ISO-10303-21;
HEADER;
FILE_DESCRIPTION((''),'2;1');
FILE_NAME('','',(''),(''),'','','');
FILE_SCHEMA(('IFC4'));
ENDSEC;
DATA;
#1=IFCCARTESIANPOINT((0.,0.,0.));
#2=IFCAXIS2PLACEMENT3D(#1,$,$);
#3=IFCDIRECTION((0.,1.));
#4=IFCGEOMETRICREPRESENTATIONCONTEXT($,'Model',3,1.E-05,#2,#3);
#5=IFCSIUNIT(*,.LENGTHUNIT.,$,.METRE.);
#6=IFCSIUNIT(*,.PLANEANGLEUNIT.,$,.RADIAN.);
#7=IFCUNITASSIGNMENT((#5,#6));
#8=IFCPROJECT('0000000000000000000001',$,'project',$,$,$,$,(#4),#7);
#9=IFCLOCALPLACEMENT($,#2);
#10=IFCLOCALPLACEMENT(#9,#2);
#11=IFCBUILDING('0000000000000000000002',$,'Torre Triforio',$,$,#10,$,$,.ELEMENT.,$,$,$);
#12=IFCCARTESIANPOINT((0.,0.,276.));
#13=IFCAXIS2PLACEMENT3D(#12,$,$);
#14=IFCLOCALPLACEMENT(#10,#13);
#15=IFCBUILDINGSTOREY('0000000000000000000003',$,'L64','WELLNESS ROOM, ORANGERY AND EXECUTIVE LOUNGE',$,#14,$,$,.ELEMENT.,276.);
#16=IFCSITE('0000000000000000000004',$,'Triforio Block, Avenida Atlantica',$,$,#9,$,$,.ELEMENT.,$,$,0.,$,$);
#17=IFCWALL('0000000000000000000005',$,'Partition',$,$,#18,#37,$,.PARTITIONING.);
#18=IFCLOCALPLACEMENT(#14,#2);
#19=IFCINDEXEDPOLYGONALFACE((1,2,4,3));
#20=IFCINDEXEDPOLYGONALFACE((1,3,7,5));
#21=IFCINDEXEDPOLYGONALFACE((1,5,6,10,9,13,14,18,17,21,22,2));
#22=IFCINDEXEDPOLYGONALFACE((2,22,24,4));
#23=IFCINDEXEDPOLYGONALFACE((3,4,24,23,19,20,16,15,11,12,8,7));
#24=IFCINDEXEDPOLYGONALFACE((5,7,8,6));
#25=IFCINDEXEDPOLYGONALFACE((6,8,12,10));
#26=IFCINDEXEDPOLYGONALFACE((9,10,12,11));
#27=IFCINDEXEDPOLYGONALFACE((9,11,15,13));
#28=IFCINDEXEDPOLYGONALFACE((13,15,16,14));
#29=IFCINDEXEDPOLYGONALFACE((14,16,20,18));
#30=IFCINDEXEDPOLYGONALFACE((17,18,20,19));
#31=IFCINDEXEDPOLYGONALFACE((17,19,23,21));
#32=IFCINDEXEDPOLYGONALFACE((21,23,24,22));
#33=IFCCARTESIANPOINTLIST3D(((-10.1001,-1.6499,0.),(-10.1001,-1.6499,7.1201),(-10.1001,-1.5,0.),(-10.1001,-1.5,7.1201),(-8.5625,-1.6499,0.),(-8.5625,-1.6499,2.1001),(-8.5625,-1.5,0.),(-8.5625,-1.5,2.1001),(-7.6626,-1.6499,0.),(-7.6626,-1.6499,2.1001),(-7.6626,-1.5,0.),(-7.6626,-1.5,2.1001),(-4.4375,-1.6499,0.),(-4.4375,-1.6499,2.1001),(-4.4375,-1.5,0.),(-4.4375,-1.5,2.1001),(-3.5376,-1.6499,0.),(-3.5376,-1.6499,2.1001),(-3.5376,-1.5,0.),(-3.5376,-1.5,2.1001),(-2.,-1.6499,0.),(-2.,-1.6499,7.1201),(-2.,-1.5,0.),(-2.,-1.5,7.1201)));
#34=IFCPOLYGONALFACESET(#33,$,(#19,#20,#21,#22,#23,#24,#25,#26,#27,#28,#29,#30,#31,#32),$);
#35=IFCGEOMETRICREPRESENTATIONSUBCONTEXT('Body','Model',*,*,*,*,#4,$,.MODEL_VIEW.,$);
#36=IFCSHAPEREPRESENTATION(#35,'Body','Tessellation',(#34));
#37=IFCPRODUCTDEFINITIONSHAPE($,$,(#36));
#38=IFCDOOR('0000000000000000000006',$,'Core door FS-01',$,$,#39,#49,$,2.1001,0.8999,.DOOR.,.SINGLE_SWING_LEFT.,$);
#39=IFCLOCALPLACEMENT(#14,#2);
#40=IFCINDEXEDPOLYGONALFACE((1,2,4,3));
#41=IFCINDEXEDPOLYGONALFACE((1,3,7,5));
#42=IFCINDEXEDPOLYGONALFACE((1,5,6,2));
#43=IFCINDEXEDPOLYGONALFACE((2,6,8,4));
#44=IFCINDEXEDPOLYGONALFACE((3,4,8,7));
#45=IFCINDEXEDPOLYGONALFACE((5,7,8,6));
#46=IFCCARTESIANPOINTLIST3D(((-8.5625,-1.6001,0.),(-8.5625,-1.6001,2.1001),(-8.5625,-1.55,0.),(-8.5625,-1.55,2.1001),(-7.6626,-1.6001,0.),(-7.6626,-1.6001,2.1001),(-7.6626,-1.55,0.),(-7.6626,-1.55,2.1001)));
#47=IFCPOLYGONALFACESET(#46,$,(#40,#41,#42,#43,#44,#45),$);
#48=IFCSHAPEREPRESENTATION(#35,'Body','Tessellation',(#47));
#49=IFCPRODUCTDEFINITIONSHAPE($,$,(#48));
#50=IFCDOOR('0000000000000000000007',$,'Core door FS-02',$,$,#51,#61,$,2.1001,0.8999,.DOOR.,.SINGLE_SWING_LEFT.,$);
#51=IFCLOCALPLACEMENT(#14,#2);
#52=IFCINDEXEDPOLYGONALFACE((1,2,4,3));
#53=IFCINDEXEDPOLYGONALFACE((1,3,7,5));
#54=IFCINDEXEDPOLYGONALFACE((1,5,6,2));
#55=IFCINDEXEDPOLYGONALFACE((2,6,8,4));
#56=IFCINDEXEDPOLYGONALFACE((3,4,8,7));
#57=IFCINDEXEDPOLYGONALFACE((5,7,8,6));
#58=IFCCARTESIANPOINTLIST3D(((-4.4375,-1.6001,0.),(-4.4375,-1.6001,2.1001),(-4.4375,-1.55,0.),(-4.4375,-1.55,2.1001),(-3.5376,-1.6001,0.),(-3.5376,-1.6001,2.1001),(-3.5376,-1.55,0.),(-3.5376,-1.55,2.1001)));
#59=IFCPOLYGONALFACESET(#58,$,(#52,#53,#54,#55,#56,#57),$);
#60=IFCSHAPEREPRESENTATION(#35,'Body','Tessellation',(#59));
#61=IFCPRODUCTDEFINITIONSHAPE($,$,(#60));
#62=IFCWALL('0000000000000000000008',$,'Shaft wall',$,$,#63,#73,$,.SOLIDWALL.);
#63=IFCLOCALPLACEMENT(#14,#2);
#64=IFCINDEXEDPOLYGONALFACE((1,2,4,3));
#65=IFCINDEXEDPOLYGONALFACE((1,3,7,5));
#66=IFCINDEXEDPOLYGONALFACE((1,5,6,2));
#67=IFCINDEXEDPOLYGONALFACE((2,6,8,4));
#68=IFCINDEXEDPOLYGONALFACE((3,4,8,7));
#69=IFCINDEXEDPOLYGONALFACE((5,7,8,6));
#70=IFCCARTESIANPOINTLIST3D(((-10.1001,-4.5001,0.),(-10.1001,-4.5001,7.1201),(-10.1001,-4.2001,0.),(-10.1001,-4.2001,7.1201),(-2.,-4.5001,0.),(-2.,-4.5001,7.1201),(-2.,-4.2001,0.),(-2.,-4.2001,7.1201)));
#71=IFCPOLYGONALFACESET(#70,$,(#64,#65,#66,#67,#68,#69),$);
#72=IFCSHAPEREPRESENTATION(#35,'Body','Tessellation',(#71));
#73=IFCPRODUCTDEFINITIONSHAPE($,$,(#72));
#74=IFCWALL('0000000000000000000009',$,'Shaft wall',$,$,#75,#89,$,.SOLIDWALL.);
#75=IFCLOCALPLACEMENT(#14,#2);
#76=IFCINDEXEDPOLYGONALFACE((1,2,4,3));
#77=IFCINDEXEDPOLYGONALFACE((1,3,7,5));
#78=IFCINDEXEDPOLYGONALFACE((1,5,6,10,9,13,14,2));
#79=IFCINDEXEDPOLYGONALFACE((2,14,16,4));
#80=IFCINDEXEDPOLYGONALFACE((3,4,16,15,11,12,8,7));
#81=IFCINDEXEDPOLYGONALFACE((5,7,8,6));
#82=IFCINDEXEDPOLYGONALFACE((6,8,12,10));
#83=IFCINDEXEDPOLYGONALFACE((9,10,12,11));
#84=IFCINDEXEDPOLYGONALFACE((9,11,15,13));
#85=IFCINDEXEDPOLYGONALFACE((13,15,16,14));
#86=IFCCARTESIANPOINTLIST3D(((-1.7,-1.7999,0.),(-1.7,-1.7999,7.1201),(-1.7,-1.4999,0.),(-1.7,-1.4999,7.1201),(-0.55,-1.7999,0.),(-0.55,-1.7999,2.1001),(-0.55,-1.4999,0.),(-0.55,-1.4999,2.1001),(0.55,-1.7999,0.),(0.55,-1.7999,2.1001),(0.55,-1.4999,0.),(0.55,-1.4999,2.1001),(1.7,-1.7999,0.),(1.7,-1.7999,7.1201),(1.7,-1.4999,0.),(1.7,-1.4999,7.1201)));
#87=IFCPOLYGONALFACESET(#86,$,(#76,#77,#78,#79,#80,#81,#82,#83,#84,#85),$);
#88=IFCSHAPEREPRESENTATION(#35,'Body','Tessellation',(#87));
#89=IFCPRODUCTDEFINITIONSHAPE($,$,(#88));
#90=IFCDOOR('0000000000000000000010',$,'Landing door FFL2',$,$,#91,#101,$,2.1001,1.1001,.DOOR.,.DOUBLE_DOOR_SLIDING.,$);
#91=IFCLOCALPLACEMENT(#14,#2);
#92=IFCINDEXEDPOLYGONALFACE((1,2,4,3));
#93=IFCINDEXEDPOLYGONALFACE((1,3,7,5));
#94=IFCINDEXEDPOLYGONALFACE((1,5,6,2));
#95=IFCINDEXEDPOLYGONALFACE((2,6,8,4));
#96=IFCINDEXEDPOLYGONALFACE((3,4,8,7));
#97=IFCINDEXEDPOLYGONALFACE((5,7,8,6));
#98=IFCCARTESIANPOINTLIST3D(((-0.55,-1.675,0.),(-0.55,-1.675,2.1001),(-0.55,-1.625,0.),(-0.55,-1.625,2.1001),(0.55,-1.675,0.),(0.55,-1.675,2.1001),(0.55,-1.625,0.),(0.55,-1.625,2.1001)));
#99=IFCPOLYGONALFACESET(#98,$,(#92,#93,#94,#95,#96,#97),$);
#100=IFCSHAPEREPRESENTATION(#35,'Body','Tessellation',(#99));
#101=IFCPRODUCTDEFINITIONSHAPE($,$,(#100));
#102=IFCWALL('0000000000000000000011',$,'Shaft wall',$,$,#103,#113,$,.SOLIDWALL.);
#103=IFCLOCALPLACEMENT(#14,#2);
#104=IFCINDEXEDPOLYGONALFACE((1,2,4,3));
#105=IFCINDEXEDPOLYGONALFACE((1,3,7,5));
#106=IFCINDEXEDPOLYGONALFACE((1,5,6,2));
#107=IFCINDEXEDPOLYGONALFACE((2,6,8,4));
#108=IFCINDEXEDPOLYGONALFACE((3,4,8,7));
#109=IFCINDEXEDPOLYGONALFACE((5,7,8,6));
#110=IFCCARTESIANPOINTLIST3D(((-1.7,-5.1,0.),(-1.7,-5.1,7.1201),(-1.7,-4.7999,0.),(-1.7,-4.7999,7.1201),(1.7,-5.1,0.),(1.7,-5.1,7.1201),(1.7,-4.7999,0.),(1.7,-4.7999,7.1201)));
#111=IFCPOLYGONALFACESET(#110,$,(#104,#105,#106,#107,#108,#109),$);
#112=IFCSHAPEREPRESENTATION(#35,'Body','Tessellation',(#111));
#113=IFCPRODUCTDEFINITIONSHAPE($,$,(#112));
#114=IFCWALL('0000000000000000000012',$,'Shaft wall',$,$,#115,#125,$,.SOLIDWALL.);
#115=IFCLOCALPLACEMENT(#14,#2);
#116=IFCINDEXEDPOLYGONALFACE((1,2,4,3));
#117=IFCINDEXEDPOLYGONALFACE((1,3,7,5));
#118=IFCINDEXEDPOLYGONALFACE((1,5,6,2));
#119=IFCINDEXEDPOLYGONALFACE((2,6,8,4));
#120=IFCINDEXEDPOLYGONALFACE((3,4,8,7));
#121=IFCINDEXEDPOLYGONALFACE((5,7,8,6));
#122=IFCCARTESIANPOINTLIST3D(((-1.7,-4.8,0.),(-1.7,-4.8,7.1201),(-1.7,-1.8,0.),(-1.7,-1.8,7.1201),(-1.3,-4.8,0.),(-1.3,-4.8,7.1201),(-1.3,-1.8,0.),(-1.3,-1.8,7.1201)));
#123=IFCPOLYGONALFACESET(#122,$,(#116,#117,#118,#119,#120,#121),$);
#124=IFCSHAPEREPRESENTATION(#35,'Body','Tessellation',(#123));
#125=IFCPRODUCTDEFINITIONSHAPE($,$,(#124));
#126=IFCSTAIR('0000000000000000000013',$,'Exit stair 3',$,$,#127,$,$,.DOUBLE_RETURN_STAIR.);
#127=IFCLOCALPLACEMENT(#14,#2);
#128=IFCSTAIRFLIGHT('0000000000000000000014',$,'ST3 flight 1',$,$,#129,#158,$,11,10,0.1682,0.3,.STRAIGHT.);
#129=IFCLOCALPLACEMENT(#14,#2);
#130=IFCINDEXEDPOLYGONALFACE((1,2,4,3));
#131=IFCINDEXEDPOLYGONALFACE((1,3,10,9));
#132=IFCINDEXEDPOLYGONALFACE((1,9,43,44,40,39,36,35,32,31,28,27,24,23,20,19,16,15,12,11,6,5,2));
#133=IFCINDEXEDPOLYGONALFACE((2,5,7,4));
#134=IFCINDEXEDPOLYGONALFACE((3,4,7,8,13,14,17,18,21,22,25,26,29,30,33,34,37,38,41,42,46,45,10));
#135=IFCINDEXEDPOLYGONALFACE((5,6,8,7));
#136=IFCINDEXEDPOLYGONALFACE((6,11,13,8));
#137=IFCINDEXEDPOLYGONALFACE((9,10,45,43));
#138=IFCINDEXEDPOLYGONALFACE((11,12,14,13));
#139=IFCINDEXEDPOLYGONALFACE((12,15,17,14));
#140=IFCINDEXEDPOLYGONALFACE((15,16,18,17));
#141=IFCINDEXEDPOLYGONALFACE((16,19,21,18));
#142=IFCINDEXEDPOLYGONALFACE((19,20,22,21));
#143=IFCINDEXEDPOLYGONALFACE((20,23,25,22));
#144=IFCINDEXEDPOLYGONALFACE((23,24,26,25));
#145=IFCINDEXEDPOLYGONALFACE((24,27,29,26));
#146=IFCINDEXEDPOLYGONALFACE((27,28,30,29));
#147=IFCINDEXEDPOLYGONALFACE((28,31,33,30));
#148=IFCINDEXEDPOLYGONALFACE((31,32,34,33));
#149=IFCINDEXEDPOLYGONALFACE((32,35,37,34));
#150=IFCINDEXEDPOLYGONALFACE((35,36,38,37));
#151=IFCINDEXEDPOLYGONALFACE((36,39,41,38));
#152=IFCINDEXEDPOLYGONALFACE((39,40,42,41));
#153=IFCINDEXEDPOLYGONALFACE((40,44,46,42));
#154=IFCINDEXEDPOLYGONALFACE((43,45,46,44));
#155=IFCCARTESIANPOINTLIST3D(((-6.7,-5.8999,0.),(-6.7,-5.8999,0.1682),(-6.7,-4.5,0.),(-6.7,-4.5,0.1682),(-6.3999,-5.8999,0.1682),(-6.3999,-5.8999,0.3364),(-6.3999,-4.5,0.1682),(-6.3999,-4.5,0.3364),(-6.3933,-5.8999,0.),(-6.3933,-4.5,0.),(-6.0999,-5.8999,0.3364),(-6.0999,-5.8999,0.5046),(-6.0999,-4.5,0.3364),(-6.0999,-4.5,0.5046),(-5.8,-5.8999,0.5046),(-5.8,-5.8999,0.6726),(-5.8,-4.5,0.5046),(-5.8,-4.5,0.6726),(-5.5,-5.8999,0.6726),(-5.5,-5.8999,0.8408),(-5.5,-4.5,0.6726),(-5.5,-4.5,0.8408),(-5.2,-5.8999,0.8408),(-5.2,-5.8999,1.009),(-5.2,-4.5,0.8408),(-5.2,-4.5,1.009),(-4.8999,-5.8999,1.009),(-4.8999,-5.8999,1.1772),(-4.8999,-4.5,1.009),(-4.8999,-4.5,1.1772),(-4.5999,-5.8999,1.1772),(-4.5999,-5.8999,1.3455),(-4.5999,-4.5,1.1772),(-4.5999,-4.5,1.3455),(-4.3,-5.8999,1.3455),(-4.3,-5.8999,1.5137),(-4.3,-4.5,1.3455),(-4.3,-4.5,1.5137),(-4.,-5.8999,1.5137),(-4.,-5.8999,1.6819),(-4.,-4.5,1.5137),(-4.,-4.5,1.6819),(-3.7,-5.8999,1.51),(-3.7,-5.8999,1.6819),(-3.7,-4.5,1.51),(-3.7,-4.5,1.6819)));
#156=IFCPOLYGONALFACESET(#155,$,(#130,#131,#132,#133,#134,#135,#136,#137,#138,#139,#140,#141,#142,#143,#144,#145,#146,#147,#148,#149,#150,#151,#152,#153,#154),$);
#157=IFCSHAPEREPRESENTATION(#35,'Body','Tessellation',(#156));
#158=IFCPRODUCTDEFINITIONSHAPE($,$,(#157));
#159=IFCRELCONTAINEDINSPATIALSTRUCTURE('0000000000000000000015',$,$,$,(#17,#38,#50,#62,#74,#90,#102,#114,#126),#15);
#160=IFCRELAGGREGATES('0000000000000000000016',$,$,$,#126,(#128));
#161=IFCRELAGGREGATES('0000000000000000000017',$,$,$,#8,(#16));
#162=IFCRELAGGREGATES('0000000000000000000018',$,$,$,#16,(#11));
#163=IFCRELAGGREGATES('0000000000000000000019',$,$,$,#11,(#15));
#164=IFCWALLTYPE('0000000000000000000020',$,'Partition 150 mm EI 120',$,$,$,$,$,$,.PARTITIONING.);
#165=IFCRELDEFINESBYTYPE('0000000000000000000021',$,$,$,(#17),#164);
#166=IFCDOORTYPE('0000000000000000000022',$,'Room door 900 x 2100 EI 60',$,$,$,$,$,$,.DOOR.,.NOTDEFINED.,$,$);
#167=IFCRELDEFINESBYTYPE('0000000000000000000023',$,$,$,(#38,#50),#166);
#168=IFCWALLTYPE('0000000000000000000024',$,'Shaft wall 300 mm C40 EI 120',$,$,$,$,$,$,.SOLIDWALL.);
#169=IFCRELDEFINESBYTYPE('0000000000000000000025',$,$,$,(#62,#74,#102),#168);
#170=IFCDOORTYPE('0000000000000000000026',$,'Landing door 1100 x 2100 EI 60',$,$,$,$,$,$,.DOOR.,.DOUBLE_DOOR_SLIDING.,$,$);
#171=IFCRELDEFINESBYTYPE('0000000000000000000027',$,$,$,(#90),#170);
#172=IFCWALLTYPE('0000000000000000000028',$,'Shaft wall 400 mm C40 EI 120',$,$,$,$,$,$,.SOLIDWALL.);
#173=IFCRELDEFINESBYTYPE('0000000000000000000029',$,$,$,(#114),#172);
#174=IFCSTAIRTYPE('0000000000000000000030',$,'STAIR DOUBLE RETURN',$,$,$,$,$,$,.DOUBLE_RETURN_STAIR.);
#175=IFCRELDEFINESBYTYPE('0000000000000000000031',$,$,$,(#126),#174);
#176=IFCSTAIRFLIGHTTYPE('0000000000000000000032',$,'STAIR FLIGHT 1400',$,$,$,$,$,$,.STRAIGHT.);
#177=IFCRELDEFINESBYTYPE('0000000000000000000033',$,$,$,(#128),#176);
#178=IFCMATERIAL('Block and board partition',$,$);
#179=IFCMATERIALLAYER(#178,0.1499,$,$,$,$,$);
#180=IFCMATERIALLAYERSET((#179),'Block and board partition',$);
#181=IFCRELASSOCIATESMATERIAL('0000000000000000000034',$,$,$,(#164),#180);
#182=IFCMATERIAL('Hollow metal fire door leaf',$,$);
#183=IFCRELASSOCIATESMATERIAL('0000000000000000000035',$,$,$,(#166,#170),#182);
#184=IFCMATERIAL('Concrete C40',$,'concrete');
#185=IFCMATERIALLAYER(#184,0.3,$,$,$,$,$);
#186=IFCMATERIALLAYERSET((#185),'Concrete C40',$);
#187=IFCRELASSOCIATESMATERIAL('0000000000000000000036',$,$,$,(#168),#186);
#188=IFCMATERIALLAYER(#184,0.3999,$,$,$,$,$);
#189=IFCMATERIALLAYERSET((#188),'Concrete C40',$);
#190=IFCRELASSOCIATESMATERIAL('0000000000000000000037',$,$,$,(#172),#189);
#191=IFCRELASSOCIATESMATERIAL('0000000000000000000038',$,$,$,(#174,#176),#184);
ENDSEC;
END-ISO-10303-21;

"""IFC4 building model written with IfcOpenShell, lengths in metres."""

from ifc_helpers import new_model, si_unit, direction, frame, frame_2d, origin, place, context, subcontext, project, spatial, polyline, rectangle, outline, extrude, material, layer, layer_set, type_object, element, fill, aggregate, save


model = new_model("IFC4")

# Units and contexts
model_context = context("Model", 3, precision=1e-05, world=origin(), true_north=direction((0.0, 1.0)))
body_context = subcontext(model_context, "Body", "Model", "MODEL_VIEW")
ifc_project = project(units=[si_unit("LENGTHUNIT", "METRE"), si_unit("PLANEANGLEUNIT", "RADIAN")], contexts=[model_context])

# Site, building, storey
site_placement = place(None, origin())
site = spatial("IfcSite", under=ifc_project, at=site_placement, Name="Triforio Block, Avenida Atlantica", CompositionType="ELEMENT", RefElevation=0.0)
building_placement = place(site_placement, origin())
building = spatial("IfcBuilding", under=site, at=building_placement, Name="Torre Triforio", CompositionType="ELEMENT")
storey_placement = place(building_placement, frame((0.0, 0.0, 276.0)))
storey = spatial("IfcBuildingStorey", under=building, at=storey_placement, Name="L64", Description="WELLNESS ROOM, ORANGERY AND EXECUTIVE LOUNGE", CompositionType="ELEMENT", Elevation=276.0)

# Shared definitions
ifc_material_1 = material(Name="Concrete C40", Category="concrete")

# Shared definitions
ifc_material_2 = material(Name="Hollow metal fire door leaf")
ifc_material_3 = material(Name="Block and board partition")

# Wall, openings, doors
ifc_layer_1 = layer(ifc_material_3, 0.1499)
ifc_layer_set_1 = layer_set([ifc_layer_1], Name="Block and board partition")
wall_type_1 = type_object("IfcWallType", Name="Partition 150 mm EI 120", PredefinedType="PARTITIONING", material=ifc_layer_set_1)
wall_1_placement = place(storey_placement, frame((-10.1001, -1.575, 0.0), z_axis=(0.0, 0.0, 1.0), x_axis=(1.0, 0.0, 0.0)))
wall_1 = element("IfcWall", 1, at=wall_1_placement, inside=storey, type_object=wall_type_1, Name="Partition", PredefinedType="PARTITIONING", context=body_context, shape_type="SweptSolid", body=[
    extrude(rectangle(XDim=8.1001, YDim=0.1499, at=frame_2d((4.05, 0.0))), origin(), (0.0, 0.0, 1.0), 7.1201),
])
opening_1_placement = place(wall_1_placement, frame((1.5376, 0.0, 0.0)))
opening_1 = element("IfcOpeningElement", 2, at=opening_1_placement, cuts=wall_1, PredefinedType="OPENING", context=body_context, shape_type="SweptSolid", body=[
    extrude(rectangle(XDim=0.8999, YDim=2.1001, at=frame_2d((0.45, 1.05))), frame((0.0, 0.085, 0.0), z_axis=(0.0, -1.0, 0.0), x_axis=(1.0, 0.0, 0.0)), (0.0, 0.0, 1.0), 0.1699),
])
opening_2_placement = place(wall_1_placement, frame((5.6626, 0.0, 0.0)))
opening_2 = element("IfcOpeningElement", 3, at=opening_2_placement, cuts=wall_1, PredefinedType="OPENING", context=body_context, shape_type="SweptSolid", body=[
    extrude(rectangle(XDim=0.8999, YDim=2.1001, at=frame_2d((0.45, 1.05))), frame((0.0, 0.085, 0.0), z_axis=(0.0, -1.0, 0.0), x_axis=(1.0, 0.0, 0.0)), (0.0, 0.0, 1.0), 0.1699),
])
door_type_1 = type_object("IfcDoorType", Name="Room door 900 x 2100 EI 60", OperationType="NOTDEFINED", PredefinedType="DOOR", material=ifc_material_2)
door_1_placement = place(opening_1_placement, origin())
door_1 = element("IfcDoor", 4, at=door_1_placement, inside=storey, type_object=door_type_1, Name="Core door FS-01", OperationType="SINGLE_SWING_LEFT", OverallHeight=2.1001, OverallWidth=0.8999, PredefinedType="DOOR", context=body_context, shape_type="SweptSolid", body=[
    extrude(rectangle(XDim=0.8999, YDim=2.1001, at=frame_2d((0.45, 1.05))), frame((0.0, 0.0249, 0.0), z_axis=(0.0, -1.0, 0.0), x_axis=(1.0, 0.0, 0.0)), (0.0, 0.0, 1.0), 0.05),
])
fill(opening_1, door_1)
door_2_placement = place(opening_2_placement, origin())
door_2 = element("IfcDoor", 5, at=door_2_placement, inside=storey, type_object=door_type_1, Name="Core door FS-02", OperationType="SINGLE_SWING_LEFT", OverallHeight=2.1001, OverallWidth=0.8999, PredefinedType="DOOR", context=body_context, shape_type="SweptSolid", body=[
    extrude(rectangle(XDim=0.8999, YDim=2.1001, at=frame_2d((0.45, 1.05))), frame((0.0, 0.0249, 0.0), z_axis=(0.0, -1.0, 0.0), x_axis=(1.0, 0.0, 0.0)), (0.0, 0.0, 1.0), 0.05),
])
fill(opening_2, door_2)

# Wall
ifc_layer_2 = layer(ifc_material_1, 0.3)
ifc_layer_set_2 = layer_set([ifc_layer_2], Name="Concrete C40")
wall_type_2 = type_object("IfcWallType", Name="Shaft wall 300 mm C40 EI 120", PredefinedType="SOLIDWALL", material=ifc_layer_set_2)
wall_2_placement = place(storey_placement, frame((-10.1001, -4.3501, 0.0), z_axis=(0.0, 0.0, 1.0), x_axis=(1.0, 0.0, 0.0)))
element("IfcWall", 6, at=wall_2_placement, inside=storey, type_object=wall_type_2, Name="Shaft wall", PredefinedType="SOLIDWALL", context=body_context, shape_type="SweptSolid", body=[
    extrude(rectangle(XDim=8.1001, YDim=0.3, at=frame_2d((4.05, 0.0))), origin(), (0.0, 0.0, 1.0), 7.1201),
])

# Wall, opening, door
wall_3_placement = place(storey_placement, frame((-1.7, -1.6499, 0.0), z_axis=(0.0, 0.0, 1.0), x_axis=(1.0, 0.0, 0.0)))
wall_3 = element("IfcWall", 7, at=wall_3_placement, inside=storey, type_object=wall_type_2, Name="Shaft wall", PredefinedType="SOLIDWALL", context=body_context, shape_type="SweptSolid", body=[
    extrude(rectangle(XDim=3.3999, YDim=0.3, at=frame_2d((1.7, 0.0))), origin(), (0.0, 0.0, 1.0), 7.1201),
])
opening_3_placement = place(wall_3_placement, frame((1.1499, 0.0, 0.0)))
opening_3 = element("IfcOpeningElement", 8, at=opening_3_placement, cuts=wall_3, PredefinedType="OPENING", context=body_context, shape_type="SweptSolid", body=[
    extrude(rectangle(XDim=1.1001, YDim=2.1001, at=frame_2d((0.55, 1.05))), frame((0.0, 0.1599, 0.0), z_axis=(0.0, -1.0, 0.0), x_axis=(1.0, 0.0, 0.0)), (0.0, 0.0, 1.0), 0.3201),
])
door_type_2 = type_object("IfcDoorType", Name="Landing door 1100 x 2100 EI 60", OperationType="DOUBLE_DOOR_SLIDING", PredefinedType="DOOR", material=ifc_material_2)
door_3_placement = place(opening_3_placement, origin())
door_3 = element("IfcDoor", 9, at=door_3_placement, inside=storey, type_object=door_type_2, Name="Landing door FFL2", OperationType="DOUBLE_DOOR_SLIDING", OverallHeight=2.1001, OverallWidth=1.1001, PredefinedType="DOOR", context=body_context, shape_type="SweptSolid", body=[
    extrude(rectangle(XDim=1.1001, YDim=2.1001, at=frame_2d((0.55, 1.05))), frame((0.0, 0.0249, 0.0), z_axis=(0.0, -1.0, 0.0), x_axis=(1.0, 0.0, 0.0)), (0.0, 0.0, 1.0), 0.05),
])
fill(opening_3, door_3)

# Walls
wall_4_placement = place(storey_placement, frame((-1.7, -4.95, 0.0), z_axis=(0.0, 0.0, 1.0), x_axis=(1.0, 0.0, 0.0)))
element("IfcWall", 10, at=wall_4_placement, inside=storey, type_object=wall_type_2, Name="Shaft wall", PredefinedType="SOLIDWALL", context=body_context, shape_type="SweptSolid", body=[
    extrude(rectangle(XDim=3.3999, YDim=0.3, at=frame_2d((1.7, 0.0))), origin(), (0.0, 0.0, 1.0), 7.1201),
])
ifc_layer_3 = layer(ifc_material_1, 0.3999)
ifc_layer_set_3 = layer_set([ifc_layer_3], Name="Concrete C40")
wall_type_3 = type_object("IfcWallType", Name="Shaft wall 400 mm C40 EI 120", PredefinedType="SOLIDWALL", material=ifc_layer_set_3)
wall_5_placement = place(storey_placement, frame((-1.5, -4.8, 0.0), z_axis=(0.0, 0.0, 1.0), x_axis=(0.0, 1.0, 0.0)))
element("IfcWall", 11, at=wall_5_placement, inside=storey, type_object=wall_type_3, Name="Shaft wall", PredefinedType="SOLIDWALL", context=body_context, shape_type="SweptSolid", body=[
    extrude(rectangle(XDim=3.0, YDim=0.3999, at=frame_2d((1.5, 0.0))), origin(), (0.0, 0.0, 1.0), 7.1201),
])

# Stair, stair flight
stair_type = type_object("IfcStairType", Name="STAIR DOUBLE RETURN", PredefinedType="DOUBLE_RETURN_STAIR", material=ifc_material_1)
stair_placement = place(storey_placement, origin())
stair = element("IfcStair", 12, at=stair_placement, inside=storey, type_object=stair_type, Name="Exit stair 3", PredefinedType="DOUBLE_RETURN_STAIR")
stair_flight_type = type_object("IfcStairFlightType", Name="STAIR FLIGHT 1400", PredefinedType="STRAIGHT", material=ifc_material_1)
stair_flight_1_placement = place(storey_placement, frame((-6.7, -5.2, 0.0), z_axis=(0.0, 0.0, 1.0), x_axis=(1.0, 0.0, 0.0)))
stair_flight_1 = element("IfcStairFlight", 13, at=stair_flight_1_placement, type_object=stair_flight_type, Name="ST3 flight 1", NumberOfRisers=11, NumberOfTreads=10, PredefinedType="STRAIGHT", RiserHeight=0.1682, TreadLength=0.3, context=body_context, shape_type="SweptSolid", body=[
    extrude(outline(polyline([(0.0, 0.0), (0.0, 0.1682), (0.3, 0.1682), (0.3, 0.3364), (0.6001, 0.3364), (0.6001, 0.5046), (0.8999, 0.5046), (0.8999, 0.6726), (1.2, 0.6726), (1.2, 0.8408), (1.5, 0.8408), (1.5, 1.009), (1.8, 1.009), (1.8, 1.1772), (2.1001, 1.1772), (2.1001, 1.3455), (2.3999, 1.3455), (2.3999, 1.5137), (2.7, 1.5137), (2.7, 1.6819), (3.0, 1.6819), (3.0, 1.8501), (3.0, 1.51), (0.3066, 0.0), (0.0, 0.0)])), frame((0.0, 0.7, 0.0), z_axis=(0.0, -1.0, 0.0), x_axis=(1.0, 0.0, 0.0)), (0.0, 0.0, 1.0), 1.3999),
])
aggregate(stair, [stair_flight_1])

save(model, "model.ifc")
